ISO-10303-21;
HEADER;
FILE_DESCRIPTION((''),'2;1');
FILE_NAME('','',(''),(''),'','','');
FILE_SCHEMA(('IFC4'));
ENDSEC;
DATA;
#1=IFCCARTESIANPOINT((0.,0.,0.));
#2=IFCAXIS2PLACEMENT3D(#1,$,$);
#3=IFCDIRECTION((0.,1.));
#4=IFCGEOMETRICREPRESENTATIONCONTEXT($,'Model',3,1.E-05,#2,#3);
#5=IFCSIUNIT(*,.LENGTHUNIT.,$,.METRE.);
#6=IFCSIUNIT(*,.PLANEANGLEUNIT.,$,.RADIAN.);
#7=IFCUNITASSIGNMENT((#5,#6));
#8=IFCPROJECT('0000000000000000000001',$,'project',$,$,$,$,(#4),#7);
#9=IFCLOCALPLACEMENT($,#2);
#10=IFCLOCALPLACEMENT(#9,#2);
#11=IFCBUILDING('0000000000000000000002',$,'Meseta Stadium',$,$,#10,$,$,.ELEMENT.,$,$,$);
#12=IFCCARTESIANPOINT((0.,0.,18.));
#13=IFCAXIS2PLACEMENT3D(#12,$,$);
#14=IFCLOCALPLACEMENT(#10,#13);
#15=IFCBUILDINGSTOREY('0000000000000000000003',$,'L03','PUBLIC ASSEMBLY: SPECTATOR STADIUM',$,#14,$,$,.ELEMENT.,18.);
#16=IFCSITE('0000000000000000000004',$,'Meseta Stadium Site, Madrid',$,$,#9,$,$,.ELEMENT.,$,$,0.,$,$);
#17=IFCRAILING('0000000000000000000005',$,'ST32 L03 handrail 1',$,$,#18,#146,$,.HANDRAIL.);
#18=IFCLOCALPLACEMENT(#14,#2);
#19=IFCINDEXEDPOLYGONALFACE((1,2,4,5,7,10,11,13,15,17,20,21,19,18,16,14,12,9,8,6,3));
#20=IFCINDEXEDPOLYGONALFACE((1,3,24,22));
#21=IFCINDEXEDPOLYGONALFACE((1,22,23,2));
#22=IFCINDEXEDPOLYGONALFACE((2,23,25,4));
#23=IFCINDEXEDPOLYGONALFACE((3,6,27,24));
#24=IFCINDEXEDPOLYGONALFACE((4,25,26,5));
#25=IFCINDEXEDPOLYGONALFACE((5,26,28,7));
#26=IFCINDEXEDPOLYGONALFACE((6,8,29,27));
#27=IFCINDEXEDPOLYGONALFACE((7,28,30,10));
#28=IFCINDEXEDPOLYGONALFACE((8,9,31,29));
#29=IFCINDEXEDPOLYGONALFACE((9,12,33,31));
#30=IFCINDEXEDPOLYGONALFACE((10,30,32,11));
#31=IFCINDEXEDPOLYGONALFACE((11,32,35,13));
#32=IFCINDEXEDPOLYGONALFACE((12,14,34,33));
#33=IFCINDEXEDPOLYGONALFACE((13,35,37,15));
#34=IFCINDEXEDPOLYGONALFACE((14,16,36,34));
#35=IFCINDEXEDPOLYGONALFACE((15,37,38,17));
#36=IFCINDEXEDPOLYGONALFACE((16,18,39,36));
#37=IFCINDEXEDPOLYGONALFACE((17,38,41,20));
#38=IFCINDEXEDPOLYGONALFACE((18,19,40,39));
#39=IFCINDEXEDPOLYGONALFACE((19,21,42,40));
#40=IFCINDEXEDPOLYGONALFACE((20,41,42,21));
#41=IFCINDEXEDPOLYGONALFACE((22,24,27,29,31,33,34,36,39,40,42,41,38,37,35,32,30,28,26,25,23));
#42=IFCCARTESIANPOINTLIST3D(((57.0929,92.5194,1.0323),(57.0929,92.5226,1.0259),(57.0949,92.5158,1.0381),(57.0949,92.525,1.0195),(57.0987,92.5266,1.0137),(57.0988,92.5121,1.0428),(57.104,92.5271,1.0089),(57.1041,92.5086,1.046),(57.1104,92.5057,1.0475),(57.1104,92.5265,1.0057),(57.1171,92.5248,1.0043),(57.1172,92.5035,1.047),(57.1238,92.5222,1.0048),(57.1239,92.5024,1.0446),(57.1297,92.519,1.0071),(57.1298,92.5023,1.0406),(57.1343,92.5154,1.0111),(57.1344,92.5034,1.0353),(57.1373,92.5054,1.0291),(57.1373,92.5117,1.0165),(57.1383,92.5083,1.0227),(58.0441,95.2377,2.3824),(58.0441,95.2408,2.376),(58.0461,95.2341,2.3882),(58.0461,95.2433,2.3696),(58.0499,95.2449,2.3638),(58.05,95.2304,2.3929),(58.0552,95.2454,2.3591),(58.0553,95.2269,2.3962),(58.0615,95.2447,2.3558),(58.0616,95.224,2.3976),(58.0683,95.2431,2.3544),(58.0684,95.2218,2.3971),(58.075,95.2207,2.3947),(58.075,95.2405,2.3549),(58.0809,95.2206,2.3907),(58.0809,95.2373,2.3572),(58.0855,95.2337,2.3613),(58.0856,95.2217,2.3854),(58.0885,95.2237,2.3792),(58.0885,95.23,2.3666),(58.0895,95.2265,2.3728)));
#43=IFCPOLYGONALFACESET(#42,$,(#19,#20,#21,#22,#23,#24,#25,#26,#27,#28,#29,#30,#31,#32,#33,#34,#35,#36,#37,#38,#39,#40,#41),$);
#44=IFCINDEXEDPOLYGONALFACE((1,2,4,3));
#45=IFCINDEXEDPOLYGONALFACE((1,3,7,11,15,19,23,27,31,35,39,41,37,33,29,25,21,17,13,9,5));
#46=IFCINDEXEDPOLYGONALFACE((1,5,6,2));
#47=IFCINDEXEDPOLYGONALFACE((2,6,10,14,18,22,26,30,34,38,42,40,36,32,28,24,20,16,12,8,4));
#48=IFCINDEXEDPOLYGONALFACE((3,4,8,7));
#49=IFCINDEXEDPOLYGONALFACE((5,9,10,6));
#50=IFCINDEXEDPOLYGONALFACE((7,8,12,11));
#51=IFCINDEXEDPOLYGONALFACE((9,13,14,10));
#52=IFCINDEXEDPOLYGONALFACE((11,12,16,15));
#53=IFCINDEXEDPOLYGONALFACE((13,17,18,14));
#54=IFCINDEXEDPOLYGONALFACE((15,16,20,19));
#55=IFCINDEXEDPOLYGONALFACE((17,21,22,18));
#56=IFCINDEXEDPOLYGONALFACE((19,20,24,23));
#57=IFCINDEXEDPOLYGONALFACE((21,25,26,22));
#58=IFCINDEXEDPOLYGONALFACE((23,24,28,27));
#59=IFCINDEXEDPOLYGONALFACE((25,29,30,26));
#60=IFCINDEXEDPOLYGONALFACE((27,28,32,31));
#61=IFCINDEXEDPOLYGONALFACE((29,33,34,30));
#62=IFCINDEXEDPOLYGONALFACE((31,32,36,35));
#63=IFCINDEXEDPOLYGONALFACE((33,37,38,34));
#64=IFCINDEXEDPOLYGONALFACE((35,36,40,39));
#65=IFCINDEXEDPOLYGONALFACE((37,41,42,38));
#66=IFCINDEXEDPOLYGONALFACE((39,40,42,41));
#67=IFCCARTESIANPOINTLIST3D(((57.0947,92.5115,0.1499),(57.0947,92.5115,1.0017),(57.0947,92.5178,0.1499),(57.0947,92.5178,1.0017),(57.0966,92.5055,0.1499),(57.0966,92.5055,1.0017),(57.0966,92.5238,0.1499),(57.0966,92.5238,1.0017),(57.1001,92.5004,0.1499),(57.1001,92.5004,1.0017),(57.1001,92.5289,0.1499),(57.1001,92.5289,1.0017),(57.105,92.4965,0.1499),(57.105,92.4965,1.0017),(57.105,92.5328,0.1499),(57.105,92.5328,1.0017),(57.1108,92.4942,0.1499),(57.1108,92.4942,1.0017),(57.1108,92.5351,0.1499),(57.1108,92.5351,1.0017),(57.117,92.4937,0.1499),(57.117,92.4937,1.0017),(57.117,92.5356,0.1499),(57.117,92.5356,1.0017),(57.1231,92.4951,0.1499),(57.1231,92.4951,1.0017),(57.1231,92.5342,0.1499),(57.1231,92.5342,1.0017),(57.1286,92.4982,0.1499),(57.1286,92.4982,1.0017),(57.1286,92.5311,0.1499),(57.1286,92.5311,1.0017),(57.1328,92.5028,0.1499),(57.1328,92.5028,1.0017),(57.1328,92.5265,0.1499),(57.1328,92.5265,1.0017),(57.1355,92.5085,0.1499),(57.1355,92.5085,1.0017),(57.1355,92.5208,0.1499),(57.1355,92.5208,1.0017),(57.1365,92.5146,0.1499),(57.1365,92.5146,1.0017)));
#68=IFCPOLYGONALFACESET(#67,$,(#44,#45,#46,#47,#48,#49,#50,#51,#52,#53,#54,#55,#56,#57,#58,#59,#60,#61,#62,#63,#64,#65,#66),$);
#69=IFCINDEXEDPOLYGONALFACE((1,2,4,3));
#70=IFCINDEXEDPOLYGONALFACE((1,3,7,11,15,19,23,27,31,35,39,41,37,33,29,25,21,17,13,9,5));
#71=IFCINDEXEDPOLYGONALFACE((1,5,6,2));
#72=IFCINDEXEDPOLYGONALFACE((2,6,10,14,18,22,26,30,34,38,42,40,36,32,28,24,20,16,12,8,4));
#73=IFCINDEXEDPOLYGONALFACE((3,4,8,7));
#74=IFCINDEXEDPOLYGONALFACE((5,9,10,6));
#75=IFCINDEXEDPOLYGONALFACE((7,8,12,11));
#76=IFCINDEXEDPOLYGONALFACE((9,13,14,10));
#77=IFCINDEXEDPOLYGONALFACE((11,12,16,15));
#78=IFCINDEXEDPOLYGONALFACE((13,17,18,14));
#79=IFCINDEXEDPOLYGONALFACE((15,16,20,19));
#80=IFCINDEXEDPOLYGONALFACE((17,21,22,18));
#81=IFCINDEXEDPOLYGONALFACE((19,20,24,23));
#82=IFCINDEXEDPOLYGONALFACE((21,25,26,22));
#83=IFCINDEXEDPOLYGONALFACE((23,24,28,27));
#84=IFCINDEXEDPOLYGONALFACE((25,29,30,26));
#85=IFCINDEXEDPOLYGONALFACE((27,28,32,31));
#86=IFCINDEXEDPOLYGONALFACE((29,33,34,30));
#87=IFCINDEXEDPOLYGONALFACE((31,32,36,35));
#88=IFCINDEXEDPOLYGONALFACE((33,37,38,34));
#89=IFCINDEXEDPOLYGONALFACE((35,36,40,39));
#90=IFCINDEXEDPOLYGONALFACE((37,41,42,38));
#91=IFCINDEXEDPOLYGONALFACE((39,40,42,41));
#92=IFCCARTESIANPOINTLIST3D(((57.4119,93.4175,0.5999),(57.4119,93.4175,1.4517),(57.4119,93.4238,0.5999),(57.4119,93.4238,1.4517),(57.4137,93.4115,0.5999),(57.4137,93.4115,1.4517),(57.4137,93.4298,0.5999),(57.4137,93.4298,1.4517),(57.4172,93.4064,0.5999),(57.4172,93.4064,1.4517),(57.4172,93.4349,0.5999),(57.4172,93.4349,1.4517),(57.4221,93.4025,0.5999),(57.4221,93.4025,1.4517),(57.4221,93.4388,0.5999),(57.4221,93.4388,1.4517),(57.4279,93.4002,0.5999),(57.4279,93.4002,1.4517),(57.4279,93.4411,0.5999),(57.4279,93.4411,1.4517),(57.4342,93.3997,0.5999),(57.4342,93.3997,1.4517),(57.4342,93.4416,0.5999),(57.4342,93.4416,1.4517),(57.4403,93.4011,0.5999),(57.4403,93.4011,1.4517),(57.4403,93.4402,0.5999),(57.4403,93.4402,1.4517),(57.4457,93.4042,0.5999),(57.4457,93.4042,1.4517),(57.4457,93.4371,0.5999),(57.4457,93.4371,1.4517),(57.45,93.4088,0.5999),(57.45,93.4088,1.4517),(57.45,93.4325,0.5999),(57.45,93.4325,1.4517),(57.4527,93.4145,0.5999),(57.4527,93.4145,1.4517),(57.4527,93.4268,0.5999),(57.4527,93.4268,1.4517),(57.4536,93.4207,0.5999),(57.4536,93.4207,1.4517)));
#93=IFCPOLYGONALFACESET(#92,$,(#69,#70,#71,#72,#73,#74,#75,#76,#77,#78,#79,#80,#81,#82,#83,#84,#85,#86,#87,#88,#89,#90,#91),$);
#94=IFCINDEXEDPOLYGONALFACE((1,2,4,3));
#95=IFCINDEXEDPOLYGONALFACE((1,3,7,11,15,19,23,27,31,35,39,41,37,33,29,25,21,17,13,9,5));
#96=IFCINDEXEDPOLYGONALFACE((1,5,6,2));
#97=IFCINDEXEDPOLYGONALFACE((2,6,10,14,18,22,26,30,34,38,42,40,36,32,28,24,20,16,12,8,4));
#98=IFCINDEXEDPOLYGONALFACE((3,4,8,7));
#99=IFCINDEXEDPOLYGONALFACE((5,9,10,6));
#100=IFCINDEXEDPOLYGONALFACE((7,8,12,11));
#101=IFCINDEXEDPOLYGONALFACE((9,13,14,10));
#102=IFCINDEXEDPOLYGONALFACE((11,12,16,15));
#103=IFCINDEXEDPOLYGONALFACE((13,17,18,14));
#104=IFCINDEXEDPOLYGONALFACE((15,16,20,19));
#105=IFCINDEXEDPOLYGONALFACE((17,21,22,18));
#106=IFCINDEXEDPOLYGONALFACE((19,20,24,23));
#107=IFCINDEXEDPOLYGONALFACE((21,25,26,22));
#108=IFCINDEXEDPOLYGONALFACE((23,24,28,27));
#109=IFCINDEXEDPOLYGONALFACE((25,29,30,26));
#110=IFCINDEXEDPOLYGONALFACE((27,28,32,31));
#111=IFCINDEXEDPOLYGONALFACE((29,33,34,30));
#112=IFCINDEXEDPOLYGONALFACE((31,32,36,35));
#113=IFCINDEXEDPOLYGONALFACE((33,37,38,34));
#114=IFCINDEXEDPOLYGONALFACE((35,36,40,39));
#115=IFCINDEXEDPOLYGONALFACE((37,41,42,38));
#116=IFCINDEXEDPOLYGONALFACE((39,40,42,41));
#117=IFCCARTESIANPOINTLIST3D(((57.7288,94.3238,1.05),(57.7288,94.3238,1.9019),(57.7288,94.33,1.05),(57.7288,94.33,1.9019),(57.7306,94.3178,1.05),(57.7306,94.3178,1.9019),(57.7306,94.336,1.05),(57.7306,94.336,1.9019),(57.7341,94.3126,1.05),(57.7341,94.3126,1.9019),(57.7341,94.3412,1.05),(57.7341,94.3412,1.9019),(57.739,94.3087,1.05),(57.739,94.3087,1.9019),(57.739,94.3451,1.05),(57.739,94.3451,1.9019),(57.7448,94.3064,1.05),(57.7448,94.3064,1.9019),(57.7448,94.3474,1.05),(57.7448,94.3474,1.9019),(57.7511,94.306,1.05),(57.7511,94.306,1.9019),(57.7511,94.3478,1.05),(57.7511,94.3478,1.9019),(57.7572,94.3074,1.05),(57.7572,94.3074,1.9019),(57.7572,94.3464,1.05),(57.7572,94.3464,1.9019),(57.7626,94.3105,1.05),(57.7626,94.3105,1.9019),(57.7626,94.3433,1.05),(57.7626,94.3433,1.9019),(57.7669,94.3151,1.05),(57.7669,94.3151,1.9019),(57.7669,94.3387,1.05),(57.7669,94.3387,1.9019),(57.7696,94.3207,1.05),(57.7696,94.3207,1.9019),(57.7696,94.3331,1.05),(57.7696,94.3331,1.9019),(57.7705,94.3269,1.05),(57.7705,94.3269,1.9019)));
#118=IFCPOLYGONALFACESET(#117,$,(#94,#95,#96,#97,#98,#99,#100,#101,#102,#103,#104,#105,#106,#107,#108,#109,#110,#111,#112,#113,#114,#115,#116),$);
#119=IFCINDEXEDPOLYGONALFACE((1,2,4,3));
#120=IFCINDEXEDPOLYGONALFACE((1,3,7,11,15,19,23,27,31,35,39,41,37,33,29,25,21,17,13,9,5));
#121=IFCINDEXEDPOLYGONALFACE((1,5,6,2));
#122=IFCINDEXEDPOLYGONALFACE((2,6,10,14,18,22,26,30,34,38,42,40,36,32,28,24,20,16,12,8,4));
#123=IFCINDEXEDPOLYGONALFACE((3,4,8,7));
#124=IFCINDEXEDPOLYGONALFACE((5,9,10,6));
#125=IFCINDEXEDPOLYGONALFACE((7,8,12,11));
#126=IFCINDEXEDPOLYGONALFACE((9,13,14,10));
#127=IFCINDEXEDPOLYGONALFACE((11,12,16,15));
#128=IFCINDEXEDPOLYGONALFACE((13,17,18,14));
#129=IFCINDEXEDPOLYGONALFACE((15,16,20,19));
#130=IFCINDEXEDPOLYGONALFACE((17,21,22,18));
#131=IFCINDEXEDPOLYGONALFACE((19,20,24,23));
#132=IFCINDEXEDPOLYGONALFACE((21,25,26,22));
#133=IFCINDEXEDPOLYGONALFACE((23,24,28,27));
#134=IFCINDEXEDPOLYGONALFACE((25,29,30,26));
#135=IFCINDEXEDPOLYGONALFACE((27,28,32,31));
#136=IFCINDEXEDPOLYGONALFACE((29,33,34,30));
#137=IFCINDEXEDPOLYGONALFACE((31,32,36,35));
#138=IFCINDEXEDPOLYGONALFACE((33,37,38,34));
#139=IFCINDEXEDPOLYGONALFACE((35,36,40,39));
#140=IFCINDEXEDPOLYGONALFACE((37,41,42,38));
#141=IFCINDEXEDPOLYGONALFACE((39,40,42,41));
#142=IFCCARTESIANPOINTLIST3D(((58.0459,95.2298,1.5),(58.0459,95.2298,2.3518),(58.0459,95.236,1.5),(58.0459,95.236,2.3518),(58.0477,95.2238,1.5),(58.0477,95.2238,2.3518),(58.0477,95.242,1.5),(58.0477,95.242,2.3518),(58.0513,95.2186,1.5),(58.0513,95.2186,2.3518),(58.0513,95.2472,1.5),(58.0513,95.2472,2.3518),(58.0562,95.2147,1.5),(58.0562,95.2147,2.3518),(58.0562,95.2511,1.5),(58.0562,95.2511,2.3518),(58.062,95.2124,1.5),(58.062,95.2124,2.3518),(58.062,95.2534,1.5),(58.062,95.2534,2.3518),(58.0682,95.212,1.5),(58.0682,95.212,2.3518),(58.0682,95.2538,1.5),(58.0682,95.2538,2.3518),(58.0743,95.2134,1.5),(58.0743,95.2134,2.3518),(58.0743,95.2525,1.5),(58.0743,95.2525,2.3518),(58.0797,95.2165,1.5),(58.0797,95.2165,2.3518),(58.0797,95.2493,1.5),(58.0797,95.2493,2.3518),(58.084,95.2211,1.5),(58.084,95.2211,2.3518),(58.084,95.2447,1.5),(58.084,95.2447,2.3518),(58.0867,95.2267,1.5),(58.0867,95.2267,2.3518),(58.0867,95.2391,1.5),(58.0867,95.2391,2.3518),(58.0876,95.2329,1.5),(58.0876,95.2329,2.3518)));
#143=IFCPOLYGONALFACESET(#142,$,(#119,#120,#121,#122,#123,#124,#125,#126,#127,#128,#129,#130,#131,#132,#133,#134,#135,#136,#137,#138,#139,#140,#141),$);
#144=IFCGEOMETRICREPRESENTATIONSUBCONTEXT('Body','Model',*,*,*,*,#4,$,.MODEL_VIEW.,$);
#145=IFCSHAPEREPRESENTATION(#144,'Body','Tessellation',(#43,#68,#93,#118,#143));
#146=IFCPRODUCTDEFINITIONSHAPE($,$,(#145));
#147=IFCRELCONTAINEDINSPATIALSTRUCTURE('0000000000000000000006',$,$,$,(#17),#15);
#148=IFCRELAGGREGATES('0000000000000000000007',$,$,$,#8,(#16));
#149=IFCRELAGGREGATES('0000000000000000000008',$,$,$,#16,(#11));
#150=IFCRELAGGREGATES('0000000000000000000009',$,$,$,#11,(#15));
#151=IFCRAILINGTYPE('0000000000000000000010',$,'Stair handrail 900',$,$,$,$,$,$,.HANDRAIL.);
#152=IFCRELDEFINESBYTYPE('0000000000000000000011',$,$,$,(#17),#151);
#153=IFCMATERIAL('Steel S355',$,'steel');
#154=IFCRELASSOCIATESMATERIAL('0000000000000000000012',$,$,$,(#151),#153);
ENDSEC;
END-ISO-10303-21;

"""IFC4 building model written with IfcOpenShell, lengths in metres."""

from ifc_helpers import new_model, si_unit, direction, frame, origin, origin_2d, place, context, subcontext, project, spatial, circle, extrude, material, type_object, element, save


model = new_model("IFC4")

# Units and contexts
model_context = context("Model", 3, precision=1e-05, world=origin(), true_north=direction((0.0, 1.0)))
body_context = subcontext(model_context, "Body", "Model", "MODEL_VIEW")
ifc_project = project(units=[si_unit("LENGTHUNIT", "METRE"), si_unit("PLANEANGLEUNIT", "RADIAN")], contexts=[model_context])

# Site, building, storey
site_placement = place(None, origin())
site = spatial("IfcSite", under=ifc_project, at=site_placement, Name="Meseta Stadium Site, Madrid", CompositionType="ELEMENT", RefElevation=0.0)
building_placement = place(site_placement, origin())
building = spatial("IfcBuilding", under=site, at=building_placement, Name="Meseta Stadium", CompositionType="ELEMENT")
storey_placement = place(building_placement, frame((0.0, 0.0, 18.0)))
storey = spatial("IfcBuildingStorey", under=building, at=storey_placement, Name="L03", Description="PUBLIC ASSEMBLY: SPECTATOR STADIUM", CompositionType="ELEMENT", Elevation=18.0)

# Railing
ifc_material_1 = material(Name="Steel S355", Category="steel")
railing_type_1 = type_object("IfcRailingType", Name="Stair handrail 900", PredefinedType="HANDRAIL", material=ifc_material_1)
for number, where, name in (
    (1, (57.1155, 92.5146, 0.1499), "ST32 L03 handrail 1"),
):
    element("IfcRailing", number, at=place(storey_placement, frame(where)), inside=storey, type_object=railing_type_1, Name=name, PredefinedType="HANDRAIL", context=body_context, shape_type="SweptSolid", body=[
        extrude(circle(Radius=0.0239, at=origin_2d()), frame((0.0, 0.0, 0.876), z_axis=(0.299051, 0.854629, 0.424474), x_axis=(-0.943882, 0.330282, 0.0)), (0.0, 0.0, 1.0), 3.1807),
        extrude(circle(Radius=0.021, at=origin_2d()), origin(), (0.0, 0.0, 1.0), 0.8518),
        extrude(circle(Radius=0.021, at=origin_2d()), frame((0.3171, 0.906, 0.45)), (0.0, 0.0, 1.0), 0.8518),
        extrude(circle(Radius=0.021, at=origin_2d()), frame((0.634, 1.8123, 0.9001)), (0.0, 0.0, 1.0), 0.8518),
        extrude(circle(Radius=0.021, at=origin_2d()), frame((0.9512, 2.7183, 1.3501)), (0.0, 0.0, 1.0), 0.8518),
    ])

save(model, "model.ifc")
